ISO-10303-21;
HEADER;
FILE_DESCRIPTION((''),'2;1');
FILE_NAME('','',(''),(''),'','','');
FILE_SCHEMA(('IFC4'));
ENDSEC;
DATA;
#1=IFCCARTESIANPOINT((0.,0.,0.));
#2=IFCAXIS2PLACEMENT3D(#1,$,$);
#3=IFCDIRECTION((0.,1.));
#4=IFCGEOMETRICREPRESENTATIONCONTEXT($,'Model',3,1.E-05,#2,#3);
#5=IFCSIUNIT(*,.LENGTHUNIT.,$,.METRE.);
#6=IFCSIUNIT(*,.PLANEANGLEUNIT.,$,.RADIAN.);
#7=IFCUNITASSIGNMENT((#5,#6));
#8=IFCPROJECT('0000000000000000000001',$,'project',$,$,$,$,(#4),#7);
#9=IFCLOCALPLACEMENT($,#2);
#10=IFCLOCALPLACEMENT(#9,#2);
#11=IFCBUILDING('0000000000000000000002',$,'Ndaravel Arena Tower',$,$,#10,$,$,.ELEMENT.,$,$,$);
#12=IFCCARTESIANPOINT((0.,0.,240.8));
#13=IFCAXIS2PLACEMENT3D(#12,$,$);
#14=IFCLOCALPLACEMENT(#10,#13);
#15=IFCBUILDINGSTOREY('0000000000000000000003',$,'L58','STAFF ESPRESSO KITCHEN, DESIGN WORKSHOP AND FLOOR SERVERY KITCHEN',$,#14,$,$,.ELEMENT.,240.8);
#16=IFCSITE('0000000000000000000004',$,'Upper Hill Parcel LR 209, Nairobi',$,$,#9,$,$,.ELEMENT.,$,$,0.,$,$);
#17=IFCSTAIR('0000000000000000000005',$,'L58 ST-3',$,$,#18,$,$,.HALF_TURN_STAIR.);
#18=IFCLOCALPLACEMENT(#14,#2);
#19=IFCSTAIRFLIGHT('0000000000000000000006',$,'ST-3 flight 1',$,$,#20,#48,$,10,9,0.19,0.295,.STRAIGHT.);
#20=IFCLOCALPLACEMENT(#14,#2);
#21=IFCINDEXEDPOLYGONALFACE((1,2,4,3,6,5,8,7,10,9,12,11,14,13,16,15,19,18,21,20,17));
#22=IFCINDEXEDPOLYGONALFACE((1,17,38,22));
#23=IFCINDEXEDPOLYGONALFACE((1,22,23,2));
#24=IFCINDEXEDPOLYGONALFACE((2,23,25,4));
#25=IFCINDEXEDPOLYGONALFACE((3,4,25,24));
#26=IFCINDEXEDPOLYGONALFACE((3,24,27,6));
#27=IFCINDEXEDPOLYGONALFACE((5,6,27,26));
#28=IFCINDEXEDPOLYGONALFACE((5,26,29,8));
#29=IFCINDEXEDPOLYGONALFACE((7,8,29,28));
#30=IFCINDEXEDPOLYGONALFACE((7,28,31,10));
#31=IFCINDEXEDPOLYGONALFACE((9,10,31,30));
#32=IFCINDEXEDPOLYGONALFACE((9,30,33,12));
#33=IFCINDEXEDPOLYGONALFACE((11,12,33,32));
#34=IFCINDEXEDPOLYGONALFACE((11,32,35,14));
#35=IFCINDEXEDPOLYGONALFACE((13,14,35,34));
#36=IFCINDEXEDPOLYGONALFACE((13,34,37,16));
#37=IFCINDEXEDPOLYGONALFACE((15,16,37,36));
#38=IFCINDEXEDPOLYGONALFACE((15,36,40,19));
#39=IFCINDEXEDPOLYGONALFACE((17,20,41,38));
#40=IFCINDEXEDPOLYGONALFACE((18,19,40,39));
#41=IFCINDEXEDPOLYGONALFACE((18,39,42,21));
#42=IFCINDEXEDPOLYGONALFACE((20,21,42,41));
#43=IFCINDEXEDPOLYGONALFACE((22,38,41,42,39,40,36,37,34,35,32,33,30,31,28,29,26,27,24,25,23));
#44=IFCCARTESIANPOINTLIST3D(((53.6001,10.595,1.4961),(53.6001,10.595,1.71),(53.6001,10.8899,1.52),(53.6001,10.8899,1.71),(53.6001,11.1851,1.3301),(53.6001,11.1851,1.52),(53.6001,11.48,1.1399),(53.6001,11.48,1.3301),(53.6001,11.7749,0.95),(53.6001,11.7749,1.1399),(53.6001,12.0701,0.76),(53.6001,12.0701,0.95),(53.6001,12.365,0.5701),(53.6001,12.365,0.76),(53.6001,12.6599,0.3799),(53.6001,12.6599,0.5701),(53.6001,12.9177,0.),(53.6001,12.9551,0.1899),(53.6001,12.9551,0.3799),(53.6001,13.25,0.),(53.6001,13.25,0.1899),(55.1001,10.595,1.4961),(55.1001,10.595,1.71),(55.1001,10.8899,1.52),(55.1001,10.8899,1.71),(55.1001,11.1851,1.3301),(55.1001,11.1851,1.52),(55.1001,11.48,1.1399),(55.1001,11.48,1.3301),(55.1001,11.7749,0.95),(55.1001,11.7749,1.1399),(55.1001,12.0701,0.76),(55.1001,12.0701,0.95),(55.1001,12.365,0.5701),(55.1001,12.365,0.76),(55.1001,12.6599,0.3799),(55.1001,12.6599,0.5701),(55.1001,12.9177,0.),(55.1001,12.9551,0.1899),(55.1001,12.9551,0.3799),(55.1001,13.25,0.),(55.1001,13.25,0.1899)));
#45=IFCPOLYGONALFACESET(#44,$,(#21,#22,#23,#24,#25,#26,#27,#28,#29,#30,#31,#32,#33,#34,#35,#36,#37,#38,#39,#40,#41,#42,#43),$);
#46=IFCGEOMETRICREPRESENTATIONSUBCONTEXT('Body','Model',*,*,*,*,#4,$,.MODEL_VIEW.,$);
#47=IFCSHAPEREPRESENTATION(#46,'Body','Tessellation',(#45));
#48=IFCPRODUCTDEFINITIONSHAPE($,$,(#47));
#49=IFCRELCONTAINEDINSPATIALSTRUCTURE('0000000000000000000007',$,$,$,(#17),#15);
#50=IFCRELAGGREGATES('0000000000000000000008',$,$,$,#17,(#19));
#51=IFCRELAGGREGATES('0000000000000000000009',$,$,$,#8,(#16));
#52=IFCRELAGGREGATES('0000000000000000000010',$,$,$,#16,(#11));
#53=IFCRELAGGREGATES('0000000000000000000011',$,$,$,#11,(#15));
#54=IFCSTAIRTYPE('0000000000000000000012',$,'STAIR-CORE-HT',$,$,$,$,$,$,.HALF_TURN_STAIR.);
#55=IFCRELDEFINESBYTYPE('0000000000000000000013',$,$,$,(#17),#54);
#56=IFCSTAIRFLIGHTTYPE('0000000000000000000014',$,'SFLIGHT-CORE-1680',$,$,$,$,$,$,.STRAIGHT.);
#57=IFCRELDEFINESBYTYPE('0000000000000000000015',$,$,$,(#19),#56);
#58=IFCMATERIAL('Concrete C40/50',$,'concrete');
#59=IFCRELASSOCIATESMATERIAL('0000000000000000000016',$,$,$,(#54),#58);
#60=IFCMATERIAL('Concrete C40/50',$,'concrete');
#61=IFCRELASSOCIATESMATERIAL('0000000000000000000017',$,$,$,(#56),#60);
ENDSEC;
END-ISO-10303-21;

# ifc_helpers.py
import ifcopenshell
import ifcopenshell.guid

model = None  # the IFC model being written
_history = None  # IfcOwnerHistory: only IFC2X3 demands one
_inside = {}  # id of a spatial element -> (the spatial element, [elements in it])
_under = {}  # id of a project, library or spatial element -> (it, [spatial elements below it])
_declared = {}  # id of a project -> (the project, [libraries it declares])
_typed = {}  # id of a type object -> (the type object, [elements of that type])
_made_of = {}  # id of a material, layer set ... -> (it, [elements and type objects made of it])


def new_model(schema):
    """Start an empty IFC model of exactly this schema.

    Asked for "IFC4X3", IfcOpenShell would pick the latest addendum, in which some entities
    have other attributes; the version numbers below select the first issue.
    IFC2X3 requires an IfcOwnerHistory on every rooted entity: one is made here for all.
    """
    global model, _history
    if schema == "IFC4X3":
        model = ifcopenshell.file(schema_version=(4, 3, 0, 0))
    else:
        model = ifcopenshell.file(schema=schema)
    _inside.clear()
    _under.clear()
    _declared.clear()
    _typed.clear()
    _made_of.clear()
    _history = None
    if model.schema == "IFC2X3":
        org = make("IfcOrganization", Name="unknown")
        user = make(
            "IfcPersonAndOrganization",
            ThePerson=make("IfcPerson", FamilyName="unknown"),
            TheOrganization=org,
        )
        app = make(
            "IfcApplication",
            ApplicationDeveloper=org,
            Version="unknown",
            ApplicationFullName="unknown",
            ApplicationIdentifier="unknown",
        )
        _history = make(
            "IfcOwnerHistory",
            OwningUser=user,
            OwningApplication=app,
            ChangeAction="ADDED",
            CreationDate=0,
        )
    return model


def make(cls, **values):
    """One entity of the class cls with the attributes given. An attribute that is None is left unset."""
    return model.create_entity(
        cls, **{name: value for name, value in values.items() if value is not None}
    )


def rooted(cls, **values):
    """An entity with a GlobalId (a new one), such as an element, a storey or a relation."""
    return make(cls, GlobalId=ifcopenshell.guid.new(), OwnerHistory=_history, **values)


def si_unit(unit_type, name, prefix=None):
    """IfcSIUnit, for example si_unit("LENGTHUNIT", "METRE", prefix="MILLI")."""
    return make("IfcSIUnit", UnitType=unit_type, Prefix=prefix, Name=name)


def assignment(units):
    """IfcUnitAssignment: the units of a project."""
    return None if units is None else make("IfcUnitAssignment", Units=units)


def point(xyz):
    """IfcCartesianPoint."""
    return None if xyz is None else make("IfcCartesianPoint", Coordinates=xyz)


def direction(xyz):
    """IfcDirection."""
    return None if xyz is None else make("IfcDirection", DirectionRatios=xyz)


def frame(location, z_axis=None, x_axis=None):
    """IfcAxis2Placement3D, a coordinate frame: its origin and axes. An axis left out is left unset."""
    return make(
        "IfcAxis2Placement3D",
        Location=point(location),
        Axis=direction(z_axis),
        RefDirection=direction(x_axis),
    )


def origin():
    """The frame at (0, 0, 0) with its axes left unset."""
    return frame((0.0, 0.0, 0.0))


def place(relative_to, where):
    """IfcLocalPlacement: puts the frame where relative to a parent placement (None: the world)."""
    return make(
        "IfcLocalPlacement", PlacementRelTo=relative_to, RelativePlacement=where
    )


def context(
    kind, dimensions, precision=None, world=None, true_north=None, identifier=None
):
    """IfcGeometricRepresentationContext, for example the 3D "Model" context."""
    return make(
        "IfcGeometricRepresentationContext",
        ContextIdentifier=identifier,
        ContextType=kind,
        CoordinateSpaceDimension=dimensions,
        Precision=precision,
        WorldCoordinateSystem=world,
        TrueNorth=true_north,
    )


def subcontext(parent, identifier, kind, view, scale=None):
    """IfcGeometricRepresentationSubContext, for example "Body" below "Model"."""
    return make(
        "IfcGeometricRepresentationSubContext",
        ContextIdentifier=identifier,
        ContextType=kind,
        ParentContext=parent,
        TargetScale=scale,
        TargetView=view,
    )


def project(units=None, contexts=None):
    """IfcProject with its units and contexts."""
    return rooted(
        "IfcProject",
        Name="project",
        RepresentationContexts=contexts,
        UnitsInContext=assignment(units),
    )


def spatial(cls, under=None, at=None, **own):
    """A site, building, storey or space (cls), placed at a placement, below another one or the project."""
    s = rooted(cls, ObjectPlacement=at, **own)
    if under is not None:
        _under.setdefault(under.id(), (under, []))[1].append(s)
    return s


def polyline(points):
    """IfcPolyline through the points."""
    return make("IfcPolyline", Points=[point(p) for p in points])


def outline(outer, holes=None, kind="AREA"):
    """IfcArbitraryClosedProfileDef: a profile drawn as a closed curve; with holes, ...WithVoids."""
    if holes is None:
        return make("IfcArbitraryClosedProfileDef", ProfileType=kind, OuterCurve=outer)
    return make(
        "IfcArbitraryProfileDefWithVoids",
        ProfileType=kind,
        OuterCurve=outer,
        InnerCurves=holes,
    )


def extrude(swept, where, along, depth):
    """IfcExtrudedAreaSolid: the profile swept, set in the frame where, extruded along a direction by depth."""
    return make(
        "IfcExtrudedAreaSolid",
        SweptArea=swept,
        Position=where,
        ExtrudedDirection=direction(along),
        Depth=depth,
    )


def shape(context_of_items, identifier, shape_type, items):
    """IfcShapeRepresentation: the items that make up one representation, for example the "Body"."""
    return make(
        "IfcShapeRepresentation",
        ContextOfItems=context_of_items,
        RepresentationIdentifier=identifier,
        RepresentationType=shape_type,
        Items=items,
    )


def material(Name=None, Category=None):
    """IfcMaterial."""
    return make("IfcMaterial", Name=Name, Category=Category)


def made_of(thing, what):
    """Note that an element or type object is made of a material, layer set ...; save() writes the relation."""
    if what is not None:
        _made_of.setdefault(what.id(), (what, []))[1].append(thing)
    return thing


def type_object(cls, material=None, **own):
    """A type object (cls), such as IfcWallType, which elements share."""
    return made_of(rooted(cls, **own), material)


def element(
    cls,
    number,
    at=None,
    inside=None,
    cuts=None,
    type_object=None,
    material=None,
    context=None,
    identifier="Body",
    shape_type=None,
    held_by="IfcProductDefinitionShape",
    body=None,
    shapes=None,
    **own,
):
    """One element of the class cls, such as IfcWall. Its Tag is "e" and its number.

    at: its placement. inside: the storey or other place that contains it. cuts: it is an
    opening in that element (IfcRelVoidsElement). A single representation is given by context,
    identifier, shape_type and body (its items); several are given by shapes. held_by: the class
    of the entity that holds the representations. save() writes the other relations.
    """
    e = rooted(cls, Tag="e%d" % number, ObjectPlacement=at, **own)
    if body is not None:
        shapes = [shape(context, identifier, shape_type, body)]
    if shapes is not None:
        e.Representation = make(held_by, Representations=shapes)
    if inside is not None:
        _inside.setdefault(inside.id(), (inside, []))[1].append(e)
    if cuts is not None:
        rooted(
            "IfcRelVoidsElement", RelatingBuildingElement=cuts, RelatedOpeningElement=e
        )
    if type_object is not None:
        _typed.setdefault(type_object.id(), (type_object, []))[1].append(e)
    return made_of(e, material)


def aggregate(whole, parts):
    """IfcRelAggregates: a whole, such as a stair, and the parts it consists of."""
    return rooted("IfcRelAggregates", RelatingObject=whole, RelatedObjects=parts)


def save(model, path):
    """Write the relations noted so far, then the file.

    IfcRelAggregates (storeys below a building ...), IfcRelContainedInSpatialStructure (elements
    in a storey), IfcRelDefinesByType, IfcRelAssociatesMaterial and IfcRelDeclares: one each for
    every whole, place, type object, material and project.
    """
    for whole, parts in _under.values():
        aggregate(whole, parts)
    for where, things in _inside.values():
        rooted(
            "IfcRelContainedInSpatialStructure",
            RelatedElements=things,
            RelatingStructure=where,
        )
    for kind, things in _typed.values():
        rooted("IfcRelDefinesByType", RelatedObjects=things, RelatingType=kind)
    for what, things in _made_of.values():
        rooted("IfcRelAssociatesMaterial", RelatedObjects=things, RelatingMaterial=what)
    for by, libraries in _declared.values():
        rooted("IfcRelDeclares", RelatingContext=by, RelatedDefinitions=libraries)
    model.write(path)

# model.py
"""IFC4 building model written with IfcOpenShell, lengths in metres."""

from ifc_helpers import new_model, si_unit, direction, frame, origin, place, context, subcontext, project, spatial, polyline, outline, extrude, material, type_object, element, aggregate, save


model = new_model("IFC4")

# Units and contexts
model_context = context("Model", 3, precision=1e-05, world=origin(), true_north=direction((0.0, 1.0)))
body_context = subcontext(model_context, "Body", "Model", "MODEL_VIEW")
ifc_project = project(units=[si_unit("LENGTHUNIT", "METRE"), si_unit("PLANEANGLEUNIT", "RADIAN")], contexts=[model_context])

# Site, building, storey
site_placement = place(None, origin())
site = spatial("IfcSite", under=ifc_project, at=site_placement, Name="Upper Hill Parcel LR 209, Nairobi", CompositionType="ELEMENT", RefElevation=0.0)
building_placement = place(site_placement, origin())
building = spatial("IfcBuilding", under=site, at=building_placement, Name="Ndaravel Arena Tower", CompositionType="ELEMENT")
storey_placement = place(building_placement, frame((0.0, 0.0, 240.8)))
storey = spatial("IfcBuildingStorey", under=building, at=storey_placement, Name="L58", Description="STAFF ESPRESSO KITCHEN, DESIGN WORKSHOP AND FLOOR SERVERY KITCHEN", CompositionType="ELEMENT", Elevation=240.8)

# Stair, stair flight
ifc_material_1 = material(Name="Concrete C40/50", Category="concrete")
stair_type = type_object("IfcStairType", Name="STAIR-CORE-HT", PredefinedType="HALF_TURN_STAIR", material=ifc_material_1)
stair_placement = place(storey_placement, origin())
stair = element("IfcStair", 1, at=stair_placement, inside=storey, type_object=stair_type, Name="L58 ST-3", PredefinedType="HALF_TURN_STAIR")
ifc_material_2 = material(Name="Concrete C40/50", Category="concrete")
stair_flight_type = type_object("IfcStairFlightType", Name="SFLIGHT-CORE-1680", PredefinedType="STRAIGHT", material=ifc_material_2)
stair_flight_placement = place(storey_placement, frame((54.3501, 13.25, 0.0), z_axis=(0.0, 0.0, 1.0), x_axis=(0.0, -1.0, 0.0)))
stair_flight = element("IfcStairFlight", 2, at=stair_flight_placement, type_object=stair_flight_type, Name="ST-3 flight 1", NumberOfRisers=10, NumberOfTreads=9, PredefinedType="STRAIGHT", RiserHeight=0.19, TreadLength=0.295, context=body_context, shape_type="SweptSolid", body=[
    extrude(outline(polyline([(0.0, 0.0), (0.0, 0.1899), (0.2949, 0.1899), (0.2949, 0.3799), (0.5901, 0.3799), (0.5901, 0.5701), (0.885, 0.5701), (0.885, 0.76), (1.1799, 0.76), (1.1799, 0.95), (1.4751, 0.95), (1.4751, 1.1399), (1.77, 1.1399), (1.77, 1.3301), (2.0649, 1.3301), (2.0649, 1.52), (2.3601, 1.52), (2.3601, 1.71), (2.655, 1.71), (2.655, 1.8999), (2.655, 1.4961), (0.3323, 0.0), (0.0, 0.0)])), frame((0.0, 0.75, 0.0), z_axis=(0.0, -1.0, 0.0), x_axis=(1.0, 0.0, 0.0)), (0.0, 0.0, 1.0), 1.5),
])
aggregate(stair, [stair_flight])

save(model, "model.ifc")
